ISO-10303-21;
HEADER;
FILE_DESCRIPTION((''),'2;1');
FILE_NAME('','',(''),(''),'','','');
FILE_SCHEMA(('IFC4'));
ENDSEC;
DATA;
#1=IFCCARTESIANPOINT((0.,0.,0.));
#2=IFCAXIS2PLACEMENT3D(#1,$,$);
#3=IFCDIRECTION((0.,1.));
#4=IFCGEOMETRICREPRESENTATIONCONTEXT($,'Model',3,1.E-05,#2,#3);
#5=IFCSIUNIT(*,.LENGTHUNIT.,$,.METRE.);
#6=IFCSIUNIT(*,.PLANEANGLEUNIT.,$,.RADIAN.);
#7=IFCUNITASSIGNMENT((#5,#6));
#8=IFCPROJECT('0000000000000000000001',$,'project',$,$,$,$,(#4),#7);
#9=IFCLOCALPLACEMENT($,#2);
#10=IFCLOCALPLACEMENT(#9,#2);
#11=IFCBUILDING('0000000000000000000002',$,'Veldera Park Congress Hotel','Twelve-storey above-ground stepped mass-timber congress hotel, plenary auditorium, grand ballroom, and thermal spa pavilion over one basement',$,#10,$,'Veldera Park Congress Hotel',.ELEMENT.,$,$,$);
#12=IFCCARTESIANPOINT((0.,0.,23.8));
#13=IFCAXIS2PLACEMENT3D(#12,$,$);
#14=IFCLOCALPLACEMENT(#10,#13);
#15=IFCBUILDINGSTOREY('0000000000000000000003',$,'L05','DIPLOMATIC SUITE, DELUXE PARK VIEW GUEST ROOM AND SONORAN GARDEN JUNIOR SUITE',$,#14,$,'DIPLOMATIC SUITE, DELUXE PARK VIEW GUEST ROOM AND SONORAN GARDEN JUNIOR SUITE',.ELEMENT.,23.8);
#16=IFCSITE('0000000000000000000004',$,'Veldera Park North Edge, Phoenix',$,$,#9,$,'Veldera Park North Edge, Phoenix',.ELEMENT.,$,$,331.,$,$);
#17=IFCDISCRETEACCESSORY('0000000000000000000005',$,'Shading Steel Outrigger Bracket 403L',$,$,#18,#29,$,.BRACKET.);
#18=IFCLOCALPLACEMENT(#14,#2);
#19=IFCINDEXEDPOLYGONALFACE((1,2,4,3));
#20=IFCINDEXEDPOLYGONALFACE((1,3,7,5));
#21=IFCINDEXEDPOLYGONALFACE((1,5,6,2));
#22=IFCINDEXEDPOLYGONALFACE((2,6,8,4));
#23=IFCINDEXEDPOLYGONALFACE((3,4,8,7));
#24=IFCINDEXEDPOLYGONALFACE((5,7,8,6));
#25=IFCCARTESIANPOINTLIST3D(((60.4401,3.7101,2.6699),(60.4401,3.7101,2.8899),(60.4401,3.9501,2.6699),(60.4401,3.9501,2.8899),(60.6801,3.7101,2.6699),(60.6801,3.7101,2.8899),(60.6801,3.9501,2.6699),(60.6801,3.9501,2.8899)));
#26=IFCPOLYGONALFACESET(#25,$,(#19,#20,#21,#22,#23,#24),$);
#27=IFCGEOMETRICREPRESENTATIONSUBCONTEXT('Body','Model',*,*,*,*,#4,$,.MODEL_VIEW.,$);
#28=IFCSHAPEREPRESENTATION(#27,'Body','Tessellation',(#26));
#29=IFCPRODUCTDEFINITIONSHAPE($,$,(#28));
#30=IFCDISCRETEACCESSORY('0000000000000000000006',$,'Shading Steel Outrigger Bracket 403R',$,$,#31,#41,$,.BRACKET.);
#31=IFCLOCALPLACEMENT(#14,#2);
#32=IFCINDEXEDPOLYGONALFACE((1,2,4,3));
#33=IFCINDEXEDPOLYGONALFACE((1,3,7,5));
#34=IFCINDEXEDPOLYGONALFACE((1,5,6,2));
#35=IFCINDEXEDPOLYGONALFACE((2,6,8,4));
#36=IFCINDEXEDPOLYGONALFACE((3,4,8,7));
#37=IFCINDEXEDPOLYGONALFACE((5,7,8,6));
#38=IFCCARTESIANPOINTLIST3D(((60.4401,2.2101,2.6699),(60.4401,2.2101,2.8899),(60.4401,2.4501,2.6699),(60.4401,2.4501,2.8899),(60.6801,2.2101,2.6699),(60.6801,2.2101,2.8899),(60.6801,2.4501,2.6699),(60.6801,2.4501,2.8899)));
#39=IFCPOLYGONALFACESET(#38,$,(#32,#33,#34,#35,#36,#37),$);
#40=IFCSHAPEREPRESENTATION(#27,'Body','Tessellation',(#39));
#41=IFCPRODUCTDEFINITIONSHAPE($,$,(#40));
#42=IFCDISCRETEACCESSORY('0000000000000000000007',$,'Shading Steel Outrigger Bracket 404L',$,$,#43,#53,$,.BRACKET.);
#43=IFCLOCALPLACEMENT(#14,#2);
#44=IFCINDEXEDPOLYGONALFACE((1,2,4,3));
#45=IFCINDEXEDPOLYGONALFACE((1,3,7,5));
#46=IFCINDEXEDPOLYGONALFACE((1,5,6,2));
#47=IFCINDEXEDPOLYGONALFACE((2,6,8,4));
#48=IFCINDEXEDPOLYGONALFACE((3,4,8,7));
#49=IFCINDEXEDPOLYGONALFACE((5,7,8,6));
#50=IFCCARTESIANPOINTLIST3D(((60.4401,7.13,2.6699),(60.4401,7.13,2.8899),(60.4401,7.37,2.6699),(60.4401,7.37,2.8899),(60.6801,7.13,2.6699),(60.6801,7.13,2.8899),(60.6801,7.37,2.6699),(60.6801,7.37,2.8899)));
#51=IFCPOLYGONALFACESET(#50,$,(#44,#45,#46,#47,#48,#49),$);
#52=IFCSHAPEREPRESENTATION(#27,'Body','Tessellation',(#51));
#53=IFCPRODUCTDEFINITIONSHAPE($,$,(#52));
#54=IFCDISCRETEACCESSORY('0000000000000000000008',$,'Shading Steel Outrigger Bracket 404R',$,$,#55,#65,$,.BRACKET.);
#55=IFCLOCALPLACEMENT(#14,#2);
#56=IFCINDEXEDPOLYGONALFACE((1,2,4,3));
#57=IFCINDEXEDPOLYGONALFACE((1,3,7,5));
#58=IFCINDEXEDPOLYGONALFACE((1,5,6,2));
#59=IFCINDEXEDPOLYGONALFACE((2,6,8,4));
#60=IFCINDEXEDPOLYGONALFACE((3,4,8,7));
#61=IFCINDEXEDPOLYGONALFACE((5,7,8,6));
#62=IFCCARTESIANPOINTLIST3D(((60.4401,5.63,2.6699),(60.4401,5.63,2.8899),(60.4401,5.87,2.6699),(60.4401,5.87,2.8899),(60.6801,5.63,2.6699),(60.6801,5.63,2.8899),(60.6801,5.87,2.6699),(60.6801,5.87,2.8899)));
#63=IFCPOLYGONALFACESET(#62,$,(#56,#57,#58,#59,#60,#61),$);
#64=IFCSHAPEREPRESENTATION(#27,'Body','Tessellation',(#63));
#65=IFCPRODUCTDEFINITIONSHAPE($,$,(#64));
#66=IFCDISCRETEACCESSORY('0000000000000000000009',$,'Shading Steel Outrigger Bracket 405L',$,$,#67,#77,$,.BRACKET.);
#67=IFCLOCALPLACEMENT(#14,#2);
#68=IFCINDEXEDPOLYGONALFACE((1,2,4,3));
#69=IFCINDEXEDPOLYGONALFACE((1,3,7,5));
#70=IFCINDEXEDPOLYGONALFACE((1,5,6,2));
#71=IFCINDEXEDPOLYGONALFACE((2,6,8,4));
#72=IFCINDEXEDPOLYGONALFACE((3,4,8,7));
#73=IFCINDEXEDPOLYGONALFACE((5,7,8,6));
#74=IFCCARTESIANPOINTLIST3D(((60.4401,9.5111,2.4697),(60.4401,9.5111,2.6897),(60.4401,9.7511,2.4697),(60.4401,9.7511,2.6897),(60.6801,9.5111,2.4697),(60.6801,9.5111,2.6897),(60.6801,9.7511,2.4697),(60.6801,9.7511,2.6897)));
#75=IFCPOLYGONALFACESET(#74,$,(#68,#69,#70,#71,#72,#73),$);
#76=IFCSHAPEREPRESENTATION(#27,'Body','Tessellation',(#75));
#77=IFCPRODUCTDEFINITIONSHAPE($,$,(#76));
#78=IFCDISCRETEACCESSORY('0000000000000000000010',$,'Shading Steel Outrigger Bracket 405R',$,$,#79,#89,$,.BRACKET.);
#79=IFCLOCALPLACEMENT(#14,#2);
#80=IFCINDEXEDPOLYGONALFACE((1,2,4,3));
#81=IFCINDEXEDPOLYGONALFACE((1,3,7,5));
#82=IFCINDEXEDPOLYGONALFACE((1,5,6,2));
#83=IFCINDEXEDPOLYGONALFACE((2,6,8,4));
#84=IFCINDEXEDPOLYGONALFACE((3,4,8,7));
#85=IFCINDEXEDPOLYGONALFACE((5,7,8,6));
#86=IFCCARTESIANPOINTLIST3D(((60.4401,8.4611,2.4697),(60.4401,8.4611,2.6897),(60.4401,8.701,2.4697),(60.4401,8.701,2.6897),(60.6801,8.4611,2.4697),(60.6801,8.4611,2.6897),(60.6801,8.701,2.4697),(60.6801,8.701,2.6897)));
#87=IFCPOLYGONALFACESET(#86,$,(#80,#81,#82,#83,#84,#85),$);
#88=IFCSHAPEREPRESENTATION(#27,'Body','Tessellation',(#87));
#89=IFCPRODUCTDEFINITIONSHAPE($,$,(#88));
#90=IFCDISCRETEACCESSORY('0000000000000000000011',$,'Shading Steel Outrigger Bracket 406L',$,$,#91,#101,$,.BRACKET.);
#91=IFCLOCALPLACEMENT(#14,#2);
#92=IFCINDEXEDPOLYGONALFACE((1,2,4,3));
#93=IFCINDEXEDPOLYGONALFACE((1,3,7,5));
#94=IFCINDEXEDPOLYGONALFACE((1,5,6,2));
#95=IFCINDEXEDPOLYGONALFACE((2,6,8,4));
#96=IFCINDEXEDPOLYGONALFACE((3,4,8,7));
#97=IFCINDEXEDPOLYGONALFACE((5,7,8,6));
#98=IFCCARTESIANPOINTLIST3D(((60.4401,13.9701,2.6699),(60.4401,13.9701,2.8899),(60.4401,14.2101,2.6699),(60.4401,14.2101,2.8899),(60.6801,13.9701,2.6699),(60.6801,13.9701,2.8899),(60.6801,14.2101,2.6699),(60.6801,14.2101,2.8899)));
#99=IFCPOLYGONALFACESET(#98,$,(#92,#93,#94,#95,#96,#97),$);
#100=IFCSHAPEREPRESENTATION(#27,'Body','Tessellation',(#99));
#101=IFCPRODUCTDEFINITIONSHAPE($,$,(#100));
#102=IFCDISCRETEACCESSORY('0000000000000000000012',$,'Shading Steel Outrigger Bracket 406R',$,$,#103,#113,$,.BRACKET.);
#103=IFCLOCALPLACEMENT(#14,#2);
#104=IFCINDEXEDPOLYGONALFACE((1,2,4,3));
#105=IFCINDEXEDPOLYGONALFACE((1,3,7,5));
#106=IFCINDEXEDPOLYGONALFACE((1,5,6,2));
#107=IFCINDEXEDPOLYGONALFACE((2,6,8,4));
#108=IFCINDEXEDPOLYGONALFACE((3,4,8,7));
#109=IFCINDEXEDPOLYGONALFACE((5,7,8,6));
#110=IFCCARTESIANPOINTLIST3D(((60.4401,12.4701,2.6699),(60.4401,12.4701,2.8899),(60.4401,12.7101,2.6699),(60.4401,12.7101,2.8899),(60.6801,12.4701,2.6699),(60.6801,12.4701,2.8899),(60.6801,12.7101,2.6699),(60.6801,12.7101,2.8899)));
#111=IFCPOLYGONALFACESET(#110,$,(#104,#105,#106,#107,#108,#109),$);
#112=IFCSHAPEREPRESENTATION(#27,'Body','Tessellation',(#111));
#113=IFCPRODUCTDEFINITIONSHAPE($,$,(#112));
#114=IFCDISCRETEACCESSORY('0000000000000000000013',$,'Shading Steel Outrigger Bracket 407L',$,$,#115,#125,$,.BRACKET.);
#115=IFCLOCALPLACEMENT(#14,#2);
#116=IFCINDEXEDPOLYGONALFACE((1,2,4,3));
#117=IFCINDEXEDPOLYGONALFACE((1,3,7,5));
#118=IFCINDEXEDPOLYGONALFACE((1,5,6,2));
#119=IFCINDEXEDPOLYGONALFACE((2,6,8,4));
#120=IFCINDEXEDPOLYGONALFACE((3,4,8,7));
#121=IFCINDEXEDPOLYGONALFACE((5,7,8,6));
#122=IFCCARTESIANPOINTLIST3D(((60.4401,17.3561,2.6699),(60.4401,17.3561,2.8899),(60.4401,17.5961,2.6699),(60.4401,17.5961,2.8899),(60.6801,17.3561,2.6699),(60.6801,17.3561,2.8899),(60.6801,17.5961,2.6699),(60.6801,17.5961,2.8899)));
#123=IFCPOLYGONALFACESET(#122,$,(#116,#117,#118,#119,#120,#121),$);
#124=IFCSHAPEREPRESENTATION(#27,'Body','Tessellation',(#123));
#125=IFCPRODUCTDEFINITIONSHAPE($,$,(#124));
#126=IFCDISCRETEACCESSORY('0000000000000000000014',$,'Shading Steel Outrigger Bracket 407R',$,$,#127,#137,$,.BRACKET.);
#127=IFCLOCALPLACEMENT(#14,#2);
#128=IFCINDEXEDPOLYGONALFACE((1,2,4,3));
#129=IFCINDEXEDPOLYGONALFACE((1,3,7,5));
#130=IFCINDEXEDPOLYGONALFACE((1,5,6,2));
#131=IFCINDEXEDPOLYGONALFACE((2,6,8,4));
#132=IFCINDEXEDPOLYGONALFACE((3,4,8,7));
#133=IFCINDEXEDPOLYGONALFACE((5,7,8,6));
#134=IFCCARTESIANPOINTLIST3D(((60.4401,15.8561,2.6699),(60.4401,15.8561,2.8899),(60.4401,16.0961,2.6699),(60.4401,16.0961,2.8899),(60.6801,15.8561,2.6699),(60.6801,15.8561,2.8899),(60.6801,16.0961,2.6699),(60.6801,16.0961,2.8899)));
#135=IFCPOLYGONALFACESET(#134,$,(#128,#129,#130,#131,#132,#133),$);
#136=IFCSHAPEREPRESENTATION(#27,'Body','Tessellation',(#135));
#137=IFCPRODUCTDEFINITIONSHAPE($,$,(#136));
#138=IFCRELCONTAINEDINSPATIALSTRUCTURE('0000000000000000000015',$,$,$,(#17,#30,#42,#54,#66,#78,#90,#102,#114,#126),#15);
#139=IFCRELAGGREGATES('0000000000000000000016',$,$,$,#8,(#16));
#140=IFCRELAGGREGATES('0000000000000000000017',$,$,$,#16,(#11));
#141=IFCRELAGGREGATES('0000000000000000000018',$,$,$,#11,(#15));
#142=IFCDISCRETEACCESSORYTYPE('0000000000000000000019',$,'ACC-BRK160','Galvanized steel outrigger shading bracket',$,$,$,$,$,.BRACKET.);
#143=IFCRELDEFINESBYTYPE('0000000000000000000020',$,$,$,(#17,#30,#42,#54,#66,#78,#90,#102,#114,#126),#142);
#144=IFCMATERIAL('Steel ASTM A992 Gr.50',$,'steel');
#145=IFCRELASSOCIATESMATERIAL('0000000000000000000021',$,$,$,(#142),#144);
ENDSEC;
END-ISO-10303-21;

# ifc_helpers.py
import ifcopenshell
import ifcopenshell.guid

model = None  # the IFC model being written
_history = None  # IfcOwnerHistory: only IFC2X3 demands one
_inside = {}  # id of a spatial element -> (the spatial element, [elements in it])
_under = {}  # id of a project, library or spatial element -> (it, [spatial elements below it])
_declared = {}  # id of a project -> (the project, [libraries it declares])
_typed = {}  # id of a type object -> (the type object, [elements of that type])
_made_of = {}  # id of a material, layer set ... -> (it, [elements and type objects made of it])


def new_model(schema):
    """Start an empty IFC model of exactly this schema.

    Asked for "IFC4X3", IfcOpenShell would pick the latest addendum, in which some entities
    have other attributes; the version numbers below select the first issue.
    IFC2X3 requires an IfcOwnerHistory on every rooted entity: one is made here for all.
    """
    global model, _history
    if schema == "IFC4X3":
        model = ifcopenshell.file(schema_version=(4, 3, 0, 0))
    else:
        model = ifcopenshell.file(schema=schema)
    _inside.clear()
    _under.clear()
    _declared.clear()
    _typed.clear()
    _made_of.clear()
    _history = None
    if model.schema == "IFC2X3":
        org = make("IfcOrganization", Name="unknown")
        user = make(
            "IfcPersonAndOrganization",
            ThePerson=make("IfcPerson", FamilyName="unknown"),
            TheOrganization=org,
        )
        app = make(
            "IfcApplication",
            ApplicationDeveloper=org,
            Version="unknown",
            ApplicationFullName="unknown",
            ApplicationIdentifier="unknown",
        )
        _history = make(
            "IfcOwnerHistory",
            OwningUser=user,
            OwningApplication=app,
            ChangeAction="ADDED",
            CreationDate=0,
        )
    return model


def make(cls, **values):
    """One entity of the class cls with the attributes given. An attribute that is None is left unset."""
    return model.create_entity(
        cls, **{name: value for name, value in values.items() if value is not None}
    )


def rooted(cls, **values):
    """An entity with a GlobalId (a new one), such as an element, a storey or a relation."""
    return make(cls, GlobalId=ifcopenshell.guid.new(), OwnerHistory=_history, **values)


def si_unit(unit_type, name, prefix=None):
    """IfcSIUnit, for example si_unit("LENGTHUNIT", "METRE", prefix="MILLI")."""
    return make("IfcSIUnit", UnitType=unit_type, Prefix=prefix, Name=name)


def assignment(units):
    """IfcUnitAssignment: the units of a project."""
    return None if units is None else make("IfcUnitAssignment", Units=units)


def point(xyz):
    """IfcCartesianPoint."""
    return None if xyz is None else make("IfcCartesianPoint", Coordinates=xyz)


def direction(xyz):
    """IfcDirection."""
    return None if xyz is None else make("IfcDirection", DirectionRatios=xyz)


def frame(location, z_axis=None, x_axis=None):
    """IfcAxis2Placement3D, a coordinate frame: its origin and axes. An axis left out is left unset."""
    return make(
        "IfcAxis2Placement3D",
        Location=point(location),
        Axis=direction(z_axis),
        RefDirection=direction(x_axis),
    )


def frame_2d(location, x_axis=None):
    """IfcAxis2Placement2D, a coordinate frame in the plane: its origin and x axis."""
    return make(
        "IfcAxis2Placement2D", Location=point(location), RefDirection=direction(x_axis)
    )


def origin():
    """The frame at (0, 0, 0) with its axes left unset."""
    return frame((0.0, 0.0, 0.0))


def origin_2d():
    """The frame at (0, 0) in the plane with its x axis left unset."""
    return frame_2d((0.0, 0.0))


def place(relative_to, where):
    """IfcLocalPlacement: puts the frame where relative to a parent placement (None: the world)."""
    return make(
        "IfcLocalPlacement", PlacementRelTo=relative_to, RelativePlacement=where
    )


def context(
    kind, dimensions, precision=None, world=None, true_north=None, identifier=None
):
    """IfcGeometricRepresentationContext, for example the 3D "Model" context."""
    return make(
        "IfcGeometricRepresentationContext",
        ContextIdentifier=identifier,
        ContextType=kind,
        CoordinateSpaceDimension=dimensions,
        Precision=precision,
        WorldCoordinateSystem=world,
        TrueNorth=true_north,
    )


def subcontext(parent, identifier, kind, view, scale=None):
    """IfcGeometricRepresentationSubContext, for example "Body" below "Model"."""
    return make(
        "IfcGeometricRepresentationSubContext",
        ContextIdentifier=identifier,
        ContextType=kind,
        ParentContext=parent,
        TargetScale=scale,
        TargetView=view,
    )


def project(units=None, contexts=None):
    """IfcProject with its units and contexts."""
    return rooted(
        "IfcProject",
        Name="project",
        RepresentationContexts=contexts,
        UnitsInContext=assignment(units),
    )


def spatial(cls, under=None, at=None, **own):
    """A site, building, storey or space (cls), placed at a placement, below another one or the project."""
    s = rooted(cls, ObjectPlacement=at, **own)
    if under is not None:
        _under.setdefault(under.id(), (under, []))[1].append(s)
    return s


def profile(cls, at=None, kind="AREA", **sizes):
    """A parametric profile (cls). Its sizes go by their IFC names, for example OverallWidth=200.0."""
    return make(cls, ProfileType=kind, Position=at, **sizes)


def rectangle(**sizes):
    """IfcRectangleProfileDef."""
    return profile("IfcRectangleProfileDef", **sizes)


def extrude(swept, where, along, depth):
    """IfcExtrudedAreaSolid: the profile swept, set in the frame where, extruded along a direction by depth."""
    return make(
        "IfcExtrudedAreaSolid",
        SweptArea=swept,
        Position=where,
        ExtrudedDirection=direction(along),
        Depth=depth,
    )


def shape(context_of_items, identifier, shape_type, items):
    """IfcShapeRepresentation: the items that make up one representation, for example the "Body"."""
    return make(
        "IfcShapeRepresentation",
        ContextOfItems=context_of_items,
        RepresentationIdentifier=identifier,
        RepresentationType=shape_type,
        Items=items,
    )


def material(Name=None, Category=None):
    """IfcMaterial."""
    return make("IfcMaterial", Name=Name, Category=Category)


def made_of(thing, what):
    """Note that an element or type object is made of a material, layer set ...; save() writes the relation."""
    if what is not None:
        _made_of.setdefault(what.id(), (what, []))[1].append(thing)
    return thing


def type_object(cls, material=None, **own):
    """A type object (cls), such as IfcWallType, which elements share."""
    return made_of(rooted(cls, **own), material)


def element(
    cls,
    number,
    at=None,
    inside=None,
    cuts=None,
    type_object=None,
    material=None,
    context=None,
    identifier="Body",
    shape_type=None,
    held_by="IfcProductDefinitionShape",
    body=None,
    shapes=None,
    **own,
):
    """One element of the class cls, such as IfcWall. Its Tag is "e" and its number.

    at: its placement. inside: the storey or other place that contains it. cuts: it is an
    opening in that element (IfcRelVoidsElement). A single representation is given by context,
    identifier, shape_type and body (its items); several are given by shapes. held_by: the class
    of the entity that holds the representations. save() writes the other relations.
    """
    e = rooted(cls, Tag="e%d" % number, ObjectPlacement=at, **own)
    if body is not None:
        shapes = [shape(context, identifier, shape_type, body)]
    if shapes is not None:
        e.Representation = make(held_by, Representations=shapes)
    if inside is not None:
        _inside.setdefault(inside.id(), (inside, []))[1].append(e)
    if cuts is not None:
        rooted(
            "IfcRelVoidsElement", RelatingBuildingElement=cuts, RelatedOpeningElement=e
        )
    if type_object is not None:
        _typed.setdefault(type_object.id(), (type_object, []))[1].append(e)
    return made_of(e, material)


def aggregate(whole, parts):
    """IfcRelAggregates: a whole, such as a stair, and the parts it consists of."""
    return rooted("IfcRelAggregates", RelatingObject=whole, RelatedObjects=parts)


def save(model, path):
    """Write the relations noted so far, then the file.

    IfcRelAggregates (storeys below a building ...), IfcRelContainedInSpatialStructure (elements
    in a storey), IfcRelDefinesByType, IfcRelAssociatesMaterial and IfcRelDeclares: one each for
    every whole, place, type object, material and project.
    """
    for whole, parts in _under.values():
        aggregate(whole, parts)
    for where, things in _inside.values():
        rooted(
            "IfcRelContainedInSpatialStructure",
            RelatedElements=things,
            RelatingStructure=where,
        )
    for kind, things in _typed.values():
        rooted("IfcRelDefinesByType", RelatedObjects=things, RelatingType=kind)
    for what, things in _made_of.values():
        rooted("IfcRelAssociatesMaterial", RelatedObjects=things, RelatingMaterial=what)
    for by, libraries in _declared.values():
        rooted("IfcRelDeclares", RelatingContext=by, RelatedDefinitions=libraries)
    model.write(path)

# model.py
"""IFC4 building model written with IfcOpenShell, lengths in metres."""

from ifc_helpers import new_model, si_unit, direction, frame, origin, origin_2d, place, context, subcontext, project, spatial, rectangle, extrude, material, type_object, element, save


model = new_model("IFC4")

# Units and contexts
model_context = context("Model", 3, precision=1e-05, world=origin(), true_north=direction((0.0, 1.0)))
body_context = subcontext(model_context, "Body", "Model", "MODEL_VIEW")
ifc_project = project(units=[si_unit("LENGTHUNIT", "METRE"), si_unit("PLANEANGLEUNIT", "RADIAN")], contexts=[model_context])

# Site, building, storey
site_placement = place(None, origin())
site = spatial("IfcSite", under=ifc_project, at=site_placement, Name="Veldera Park North Edge, Phoenix", LongName="Veldera Park North Edge, Phoenix", CompositionType="ELEMENT", RefElevation=331.0)
building_placement = place(site_placement, origin())
building = spatial("IfcBuilding", under=site, at=building_placement, Name="Veldera Park Congress Hotel", Description="Twelve-storey above-ground stepped mass-timber congress hotel, plenary auditorium, grand ballroom, and thermal spa pavilion over one basement", LongName="Veldera Park Congress Hotel", CompositionType="ELEMENT")
storey_placement = place(building_placement, frame((0.0, 0.0, 23.8)))
storey = spatial("IfcBuildingStorey", under=building, at=storey_placement, Name="L05", Description="DIPLOMATIC SUITE, DELUXE PARK VIEW GUEST ROOM AND SONORAN GARDEN JUNIOR SUITE", LongName="DIPLOMATIC SUITE, DELUXE PARK VIEW GUEST ROOM AND SONORAN GARDEN JUNIOR SUITE", CompositionType="ELEMENT", Elevation=23.8)

# Discrete accessories
ifc_material_1 = material(Name="Steel ASTM A992 Gr.50", Category="steel")
discrete_accessory_type = type_object("IfcDiscreteAccessoryType", Name="ACC-BRK160", Description="Galvanized steel outrigger shading bracket", PredefinedType="BRACKET", material=ifc_material_1)
for number, where, z_axis, x_axis, name in (
    (1, (60.5601, 3.8301, 2.6699), (0.0, 0.0, 1.0), (0.0, -1.0, 0.0), "Shading Steel Outrigger Bracket 403L"),
    (2, (60.5601, 2.3301, 2.6699), (0.0, 0.0, 1.0), (0.0, -1.0, 0.0), "Shading Steel Outrigger Bracket 403R"),
    (3, (60.5601, 7.25, 2.6699), (0.0, 0.0, 1.0), (0.0, -1.0, 0.0), "Shading Steel Outrigger Bracket 404L"),
    (4, (60.5601, 5.75, 2.6699), (0.0, 0.0, 1.0), (0.0, -1.0, 0.0), "Shading Steel Outrigger Bracket 404R"),
    (5, (60.5601, 9.6311, 2.4697), (0.0, 0.0, 1.0), (0.0, -1.0, 0.0), "Shading Steel Outrigger Bracket 405L"),
    (6, (60.5601, 8.5811, 2.4697), (0.0, 0.0, 1.0), (0.0, -1.0, 0.0), "Shading Steel Outrigger Bracket 405R"),
    (7, (60.5601, 14.0901, 2.6699), (0.0, 0.0, 1.0), (0.0, -1.0, 0.0), "Shading Steel Outrigger Bracket 406L"),
    (8, (60.5601, 12.5901, 2.6699), (0.0, 0.0, 1.0), (0.0, -1.0, 0.0), "Shading Steel Outrigger Bracket 406R"),
    (9, (60.5601, 17.4761, 2.6699), (0.0, 0.0, 1.0), (0.0, -1.0, 0.0), "Shading Steel Outrigger Bracket 407L"),
    (10, (60.5601, 15.9761, 2.6699), (0.0, 0.0, 1.0), (0.0, -1.0, 0.0), "Shading Steel Outrigger Bracket 407R"),
):
    element("IfcDiscreteAccessory", number, at=place(storey_placement, frame(where, z_axis=z_axis, x_axis=x_axis)), inside=storey, type_object=discrete_accessory_type, Name=name, PredefinedType="BRACKET", context=body_context, shape_type="SweptSolid", body=[
        extrude(rectangle(XDim=0.24, YDim=0.24, at=origin_2d()), origin(), (0.0, 0.0, 1.0), 0.22),
    ])

save(model, "model.ifc")
